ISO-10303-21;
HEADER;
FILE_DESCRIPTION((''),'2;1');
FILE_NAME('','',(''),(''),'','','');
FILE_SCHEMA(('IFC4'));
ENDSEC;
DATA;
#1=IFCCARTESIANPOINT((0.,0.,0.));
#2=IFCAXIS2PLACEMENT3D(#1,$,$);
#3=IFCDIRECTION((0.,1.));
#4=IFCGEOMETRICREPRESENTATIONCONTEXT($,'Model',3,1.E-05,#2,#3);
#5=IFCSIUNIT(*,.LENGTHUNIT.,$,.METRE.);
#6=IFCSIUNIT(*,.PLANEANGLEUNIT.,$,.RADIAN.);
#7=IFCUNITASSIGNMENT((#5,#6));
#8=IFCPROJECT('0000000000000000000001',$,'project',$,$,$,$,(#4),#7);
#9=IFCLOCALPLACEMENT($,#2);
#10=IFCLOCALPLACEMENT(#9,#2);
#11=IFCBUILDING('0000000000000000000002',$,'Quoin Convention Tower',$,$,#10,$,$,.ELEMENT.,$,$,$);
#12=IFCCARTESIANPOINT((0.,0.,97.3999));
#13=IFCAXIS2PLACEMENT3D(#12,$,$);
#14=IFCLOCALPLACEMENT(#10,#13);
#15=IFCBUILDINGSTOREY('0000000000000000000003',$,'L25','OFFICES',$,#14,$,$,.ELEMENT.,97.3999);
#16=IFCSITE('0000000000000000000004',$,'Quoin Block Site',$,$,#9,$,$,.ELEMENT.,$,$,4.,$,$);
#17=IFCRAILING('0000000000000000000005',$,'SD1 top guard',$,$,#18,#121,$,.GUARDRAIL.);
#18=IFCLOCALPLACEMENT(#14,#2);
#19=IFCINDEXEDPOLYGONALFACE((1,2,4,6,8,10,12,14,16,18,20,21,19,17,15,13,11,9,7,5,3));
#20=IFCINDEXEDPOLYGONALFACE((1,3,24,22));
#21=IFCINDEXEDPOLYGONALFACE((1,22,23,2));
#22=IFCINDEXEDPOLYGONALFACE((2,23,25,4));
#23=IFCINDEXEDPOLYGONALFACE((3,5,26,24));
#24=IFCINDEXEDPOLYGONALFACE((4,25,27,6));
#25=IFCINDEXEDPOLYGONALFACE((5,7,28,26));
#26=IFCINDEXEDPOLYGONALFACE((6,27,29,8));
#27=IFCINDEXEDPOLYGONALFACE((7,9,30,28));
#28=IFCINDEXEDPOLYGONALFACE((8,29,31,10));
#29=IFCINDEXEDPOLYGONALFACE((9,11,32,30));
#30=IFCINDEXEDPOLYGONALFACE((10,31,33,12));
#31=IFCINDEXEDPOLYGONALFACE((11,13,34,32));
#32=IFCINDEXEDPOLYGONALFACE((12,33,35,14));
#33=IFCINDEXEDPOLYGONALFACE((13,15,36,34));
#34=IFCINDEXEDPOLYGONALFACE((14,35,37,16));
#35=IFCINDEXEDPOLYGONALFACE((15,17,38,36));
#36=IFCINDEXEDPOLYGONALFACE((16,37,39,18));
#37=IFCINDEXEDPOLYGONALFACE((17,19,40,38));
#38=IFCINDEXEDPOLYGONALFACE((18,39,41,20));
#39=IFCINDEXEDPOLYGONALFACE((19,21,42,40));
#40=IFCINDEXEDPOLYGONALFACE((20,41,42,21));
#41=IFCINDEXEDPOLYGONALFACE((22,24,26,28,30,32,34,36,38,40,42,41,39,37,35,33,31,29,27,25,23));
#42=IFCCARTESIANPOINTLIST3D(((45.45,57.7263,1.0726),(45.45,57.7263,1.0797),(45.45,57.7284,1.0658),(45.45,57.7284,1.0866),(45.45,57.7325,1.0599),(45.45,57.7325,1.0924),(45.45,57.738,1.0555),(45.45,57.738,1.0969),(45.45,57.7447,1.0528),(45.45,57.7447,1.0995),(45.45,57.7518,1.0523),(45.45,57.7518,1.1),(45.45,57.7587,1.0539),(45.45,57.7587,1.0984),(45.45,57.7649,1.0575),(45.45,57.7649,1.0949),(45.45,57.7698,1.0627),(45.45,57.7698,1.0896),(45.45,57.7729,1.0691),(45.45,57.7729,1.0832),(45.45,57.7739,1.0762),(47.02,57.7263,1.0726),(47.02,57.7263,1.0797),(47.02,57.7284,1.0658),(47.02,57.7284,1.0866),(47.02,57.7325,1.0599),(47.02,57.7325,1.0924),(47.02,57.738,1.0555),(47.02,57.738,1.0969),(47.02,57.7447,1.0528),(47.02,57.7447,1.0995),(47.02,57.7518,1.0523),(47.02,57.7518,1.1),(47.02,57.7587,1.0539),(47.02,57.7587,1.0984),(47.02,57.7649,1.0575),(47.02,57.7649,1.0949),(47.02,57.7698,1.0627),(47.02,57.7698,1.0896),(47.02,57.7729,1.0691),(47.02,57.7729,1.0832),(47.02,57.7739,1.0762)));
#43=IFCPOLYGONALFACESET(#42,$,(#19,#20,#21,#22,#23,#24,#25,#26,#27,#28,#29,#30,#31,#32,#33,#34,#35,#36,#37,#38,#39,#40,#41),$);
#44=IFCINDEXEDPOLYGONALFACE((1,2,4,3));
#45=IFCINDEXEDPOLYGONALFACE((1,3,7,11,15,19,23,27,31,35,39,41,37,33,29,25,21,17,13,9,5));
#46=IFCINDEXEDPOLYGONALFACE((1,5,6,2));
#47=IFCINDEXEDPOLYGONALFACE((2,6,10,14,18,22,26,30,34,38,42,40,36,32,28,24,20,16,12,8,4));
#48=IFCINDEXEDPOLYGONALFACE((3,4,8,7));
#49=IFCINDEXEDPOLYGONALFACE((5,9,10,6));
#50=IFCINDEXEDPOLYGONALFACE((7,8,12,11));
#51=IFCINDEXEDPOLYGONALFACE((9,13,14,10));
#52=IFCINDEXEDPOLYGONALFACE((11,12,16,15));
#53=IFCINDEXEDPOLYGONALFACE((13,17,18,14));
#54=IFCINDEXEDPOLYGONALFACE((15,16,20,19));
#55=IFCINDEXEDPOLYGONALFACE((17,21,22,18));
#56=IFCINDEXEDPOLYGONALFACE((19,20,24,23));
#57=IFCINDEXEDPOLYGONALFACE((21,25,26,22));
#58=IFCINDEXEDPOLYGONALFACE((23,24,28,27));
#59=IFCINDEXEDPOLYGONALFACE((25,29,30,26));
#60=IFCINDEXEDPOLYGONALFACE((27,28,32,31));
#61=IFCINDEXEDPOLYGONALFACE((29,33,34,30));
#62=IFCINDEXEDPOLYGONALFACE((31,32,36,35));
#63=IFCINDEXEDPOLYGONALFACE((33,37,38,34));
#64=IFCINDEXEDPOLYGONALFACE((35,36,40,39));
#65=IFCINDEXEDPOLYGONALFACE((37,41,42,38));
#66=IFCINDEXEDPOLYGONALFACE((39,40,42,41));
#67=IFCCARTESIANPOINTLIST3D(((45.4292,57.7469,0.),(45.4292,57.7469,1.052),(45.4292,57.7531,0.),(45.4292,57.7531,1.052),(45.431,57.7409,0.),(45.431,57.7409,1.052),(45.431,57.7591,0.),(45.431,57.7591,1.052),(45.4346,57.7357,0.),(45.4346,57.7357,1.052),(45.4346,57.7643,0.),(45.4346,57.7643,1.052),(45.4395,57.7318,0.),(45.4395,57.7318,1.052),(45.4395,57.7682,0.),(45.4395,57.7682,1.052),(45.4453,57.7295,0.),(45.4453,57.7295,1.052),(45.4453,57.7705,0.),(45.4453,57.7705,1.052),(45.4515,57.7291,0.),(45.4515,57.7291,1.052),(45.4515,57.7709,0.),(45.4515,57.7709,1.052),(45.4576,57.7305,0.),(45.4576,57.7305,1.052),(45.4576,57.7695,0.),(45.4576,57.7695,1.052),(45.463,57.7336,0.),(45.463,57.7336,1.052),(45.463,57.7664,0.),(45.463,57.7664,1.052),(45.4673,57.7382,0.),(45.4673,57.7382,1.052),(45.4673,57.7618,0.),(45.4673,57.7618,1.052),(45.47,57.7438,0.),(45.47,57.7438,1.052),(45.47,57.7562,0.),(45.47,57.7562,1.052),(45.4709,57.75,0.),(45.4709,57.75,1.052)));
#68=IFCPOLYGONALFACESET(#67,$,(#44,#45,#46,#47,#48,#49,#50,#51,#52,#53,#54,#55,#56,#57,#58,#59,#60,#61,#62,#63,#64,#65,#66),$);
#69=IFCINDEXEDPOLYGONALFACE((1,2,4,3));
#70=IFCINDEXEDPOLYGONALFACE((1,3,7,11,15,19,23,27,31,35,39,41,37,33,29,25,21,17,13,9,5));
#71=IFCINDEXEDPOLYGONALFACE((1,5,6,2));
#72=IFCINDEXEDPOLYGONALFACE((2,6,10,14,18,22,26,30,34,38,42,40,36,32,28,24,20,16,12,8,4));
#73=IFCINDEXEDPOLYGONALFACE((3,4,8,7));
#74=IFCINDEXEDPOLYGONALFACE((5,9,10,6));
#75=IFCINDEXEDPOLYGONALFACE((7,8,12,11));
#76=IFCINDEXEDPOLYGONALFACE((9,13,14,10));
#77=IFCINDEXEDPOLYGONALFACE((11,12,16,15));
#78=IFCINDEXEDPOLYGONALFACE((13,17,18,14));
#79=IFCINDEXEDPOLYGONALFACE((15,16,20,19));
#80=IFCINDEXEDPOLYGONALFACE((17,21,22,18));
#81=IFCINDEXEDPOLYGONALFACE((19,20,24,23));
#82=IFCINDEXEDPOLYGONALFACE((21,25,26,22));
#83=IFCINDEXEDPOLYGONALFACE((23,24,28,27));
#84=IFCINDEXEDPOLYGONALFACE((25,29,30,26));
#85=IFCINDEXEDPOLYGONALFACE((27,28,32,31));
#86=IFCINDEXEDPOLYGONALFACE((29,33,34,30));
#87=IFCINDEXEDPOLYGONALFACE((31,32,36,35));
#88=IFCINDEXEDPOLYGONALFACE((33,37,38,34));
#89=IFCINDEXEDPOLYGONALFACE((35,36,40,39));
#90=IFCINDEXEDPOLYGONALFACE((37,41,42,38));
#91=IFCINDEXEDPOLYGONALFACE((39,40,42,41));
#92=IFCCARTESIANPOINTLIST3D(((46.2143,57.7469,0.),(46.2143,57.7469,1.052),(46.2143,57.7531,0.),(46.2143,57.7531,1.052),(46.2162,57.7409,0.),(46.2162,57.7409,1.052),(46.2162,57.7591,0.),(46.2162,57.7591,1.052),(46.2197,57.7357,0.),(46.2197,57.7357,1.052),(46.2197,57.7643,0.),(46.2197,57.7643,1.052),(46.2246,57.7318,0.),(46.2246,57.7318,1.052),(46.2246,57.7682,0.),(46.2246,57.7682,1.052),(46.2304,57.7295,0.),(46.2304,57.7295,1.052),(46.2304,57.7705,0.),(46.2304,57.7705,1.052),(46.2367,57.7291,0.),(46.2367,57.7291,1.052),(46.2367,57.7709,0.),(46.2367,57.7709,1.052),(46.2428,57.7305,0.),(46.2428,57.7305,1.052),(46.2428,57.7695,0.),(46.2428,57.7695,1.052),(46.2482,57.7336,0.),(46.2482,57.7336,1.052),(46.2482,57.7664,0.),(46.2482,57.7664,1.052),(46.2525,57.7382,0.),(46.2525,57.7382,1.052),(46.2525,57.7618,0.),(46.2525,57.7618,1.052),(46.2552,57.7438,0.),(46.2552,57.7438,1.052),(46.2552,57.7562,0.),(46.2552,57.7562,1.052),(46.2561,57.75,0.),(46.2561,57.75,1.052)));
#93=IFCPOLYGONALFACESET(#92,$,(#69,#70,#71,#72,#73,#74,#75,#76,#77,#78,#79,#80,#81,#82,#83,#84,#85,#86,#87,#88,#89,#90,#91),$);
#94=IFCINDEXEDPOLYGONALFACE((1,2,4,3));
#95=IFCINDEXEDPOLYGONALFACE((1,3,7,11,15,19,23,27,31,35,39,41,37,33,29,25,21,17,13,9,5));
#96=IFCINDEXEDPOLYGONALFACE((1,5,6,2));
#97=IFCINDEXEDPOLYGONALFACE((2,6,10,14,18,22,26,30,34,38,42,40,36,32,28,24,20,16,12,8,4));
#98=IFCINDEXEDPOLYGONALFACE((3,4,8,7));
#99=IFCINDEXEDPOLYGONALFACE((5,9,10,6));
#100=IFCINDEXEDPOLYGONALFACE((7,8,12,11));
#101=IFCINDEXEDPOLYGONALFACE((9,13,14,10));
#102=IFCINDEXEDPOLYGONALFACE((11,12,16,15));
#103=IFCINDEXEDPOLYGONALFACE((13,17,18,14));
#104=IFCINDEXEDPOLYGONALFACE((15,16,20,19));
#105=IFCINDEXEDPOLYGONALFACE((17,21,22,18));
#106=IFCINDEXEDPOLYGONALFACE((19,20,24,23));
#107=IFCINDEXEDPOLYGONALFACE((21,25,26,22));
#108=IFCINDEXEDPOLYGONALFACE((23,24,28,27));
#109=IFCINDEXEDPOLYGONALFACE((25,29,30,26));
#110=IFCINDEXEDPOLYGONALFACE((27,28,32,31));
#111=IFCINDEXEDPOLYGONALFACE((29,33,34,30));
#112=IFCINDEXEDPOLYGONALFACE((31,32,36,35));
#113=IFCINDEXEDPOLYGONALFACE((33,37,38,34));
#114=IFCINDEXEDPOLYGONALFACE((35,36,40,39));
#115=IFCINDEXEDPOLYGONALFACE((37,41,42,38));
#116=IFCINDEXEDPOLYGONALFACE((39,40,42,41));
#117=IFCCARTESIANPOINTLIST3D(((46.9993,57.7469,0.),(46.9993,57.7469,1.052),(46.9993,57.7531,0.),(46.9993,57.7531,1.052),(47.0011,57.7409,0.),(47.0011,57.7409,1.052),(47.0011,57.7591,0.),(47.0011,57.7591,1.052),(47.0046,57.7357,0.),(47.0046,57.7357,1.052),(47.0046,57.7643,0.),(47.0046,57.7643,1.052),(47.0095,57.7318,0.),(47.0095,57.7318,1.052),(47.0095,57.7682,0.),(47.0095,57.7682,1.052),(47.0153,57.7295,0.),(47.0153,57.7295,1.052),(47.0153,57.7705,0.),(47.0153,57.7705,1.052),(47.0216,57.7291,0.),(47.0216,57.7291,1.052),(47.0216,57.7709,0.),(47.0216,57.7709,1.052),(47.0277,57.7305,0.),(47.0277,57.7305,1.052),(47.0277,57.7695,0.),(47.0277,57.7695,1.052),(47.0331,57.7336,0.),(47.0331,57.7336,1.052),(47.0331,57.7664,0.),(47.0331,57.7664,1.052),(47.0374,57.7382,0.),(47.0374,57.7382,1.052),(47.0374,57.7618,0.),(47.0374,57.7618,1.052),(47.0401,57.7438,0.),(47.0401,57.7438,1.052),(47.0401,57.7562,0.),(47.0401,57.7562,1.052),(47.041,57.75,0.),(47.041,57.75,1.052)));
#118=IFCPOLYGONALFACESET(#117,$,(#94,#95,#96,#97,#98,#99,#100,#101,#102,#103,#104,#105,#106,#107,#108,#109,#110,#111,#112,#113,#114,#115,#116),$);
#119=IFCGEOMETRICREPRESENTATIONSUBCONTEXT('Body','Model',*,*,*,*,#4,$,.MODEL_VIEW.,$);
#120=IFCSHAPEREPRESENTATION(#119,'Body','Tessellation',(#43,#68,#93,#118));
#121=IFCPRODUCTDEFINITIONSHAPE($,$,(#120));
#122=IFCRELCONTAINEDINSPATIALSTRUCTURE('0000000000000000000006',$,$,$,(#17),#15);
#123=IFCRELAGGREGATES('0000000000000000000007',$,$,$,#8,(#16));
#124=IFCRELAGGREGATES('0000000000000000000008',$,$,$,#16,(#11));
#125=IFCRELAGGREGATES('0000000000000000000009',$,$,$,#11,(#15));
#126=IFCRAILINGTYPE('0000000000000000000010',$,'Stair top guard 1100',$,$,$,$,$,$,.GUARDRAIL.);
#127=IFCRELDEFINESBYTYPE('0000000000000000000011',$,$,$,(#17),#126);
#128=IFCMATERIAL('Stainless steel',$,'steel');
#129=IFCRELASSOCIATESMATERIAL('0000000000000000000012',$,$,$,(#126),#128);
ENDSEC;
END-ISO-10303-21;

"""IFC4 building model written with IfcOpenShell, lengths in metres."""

from ifc_helpers import new_model, si_unit, direction, frame, origin, origin_2d, place, context, subcontext, project, spatial, circle, extrude, material, type_object, element, save


model = new_model("IFC4")

# Units and contexts
model_context = context("Model", 3, precision=1e-05, world=origin(), true_north=direction((0.0, 1.0)))
body_context = subcontext(model_context, "Body", "Model", "MODEL_VIEW")
ifc_project = project(units=[si_unit("LENGTHUNIT", "METRE"), si_unit("PLANEANGLEUNIT", "RADIAN")], contexts=[model_context])

# Site, building, storey
site_placement = place(None, origin())
site = spatial("IfcSite", under=ifc_project, at=site_placement, Name="Quoin Block Site", CompositionType="ELEMENT", RefElevation=4.0)
building_placement = place(site_placement, origin())
building = spatial("IfcBuilding", under=site, at=building_placement, Name="Quoin Convention Tower", CompositionType="ELEMENT")
storey_placement = place(building_placement, frame((0.0, 0.0, 97.3999)))
storey = spatial("IfcBuildingStorey", under=building, at=storey_placement, Name="L25", Description="OFFICES", CompositionType="ELEMENT", Elevation=97.3999)

# Railing
ifc_material_1 = material(Name="Stainless steel", Category="steel")
railing_type_1 = type_object("IfcRailingType", Name="Stair top guard 1100", PredefinedType="GUARDRAIL", material=ifc_material_1)
railing_1_placement = place(storey_placement, frame((45.45, 57.75, 0.0)))
element("IfcRailing", 1, at=railing_1_placement, inside=storey, type_object=railing_type_1, Name="SD1 top guard", PredefinedType="GUARDRAIL", context=body_context, shape_type="SweptSolid", body=[
    extrude(circle(Radius=0.0239, at=origin_2d()), frame((0.0, 0.0, 1.0762), z_axis=(1.0, 0.0, 0.0), x_axis=(0.0, 1.0, 0.0)), (0.0, 0.0, 1.0), 1.5701),
    extrude(circle(Radius=0.021, at=origin_2d()), origin(), (0.0, 0.0, 1.0), 1.052),
    extrude(circle(Radius=0.021, at=origin_2d()), frame((0.7852, 0.0, 0.0)), (0.0, 0.0, 1.0), 1.052),
    extrude(circle(Radius=0.021, at=origin_2d()), frame((1.5701, 0.0, 0.0)), (0.0, 0.0, 1.0), 1.052),
])

save(model, "model.ifc")
